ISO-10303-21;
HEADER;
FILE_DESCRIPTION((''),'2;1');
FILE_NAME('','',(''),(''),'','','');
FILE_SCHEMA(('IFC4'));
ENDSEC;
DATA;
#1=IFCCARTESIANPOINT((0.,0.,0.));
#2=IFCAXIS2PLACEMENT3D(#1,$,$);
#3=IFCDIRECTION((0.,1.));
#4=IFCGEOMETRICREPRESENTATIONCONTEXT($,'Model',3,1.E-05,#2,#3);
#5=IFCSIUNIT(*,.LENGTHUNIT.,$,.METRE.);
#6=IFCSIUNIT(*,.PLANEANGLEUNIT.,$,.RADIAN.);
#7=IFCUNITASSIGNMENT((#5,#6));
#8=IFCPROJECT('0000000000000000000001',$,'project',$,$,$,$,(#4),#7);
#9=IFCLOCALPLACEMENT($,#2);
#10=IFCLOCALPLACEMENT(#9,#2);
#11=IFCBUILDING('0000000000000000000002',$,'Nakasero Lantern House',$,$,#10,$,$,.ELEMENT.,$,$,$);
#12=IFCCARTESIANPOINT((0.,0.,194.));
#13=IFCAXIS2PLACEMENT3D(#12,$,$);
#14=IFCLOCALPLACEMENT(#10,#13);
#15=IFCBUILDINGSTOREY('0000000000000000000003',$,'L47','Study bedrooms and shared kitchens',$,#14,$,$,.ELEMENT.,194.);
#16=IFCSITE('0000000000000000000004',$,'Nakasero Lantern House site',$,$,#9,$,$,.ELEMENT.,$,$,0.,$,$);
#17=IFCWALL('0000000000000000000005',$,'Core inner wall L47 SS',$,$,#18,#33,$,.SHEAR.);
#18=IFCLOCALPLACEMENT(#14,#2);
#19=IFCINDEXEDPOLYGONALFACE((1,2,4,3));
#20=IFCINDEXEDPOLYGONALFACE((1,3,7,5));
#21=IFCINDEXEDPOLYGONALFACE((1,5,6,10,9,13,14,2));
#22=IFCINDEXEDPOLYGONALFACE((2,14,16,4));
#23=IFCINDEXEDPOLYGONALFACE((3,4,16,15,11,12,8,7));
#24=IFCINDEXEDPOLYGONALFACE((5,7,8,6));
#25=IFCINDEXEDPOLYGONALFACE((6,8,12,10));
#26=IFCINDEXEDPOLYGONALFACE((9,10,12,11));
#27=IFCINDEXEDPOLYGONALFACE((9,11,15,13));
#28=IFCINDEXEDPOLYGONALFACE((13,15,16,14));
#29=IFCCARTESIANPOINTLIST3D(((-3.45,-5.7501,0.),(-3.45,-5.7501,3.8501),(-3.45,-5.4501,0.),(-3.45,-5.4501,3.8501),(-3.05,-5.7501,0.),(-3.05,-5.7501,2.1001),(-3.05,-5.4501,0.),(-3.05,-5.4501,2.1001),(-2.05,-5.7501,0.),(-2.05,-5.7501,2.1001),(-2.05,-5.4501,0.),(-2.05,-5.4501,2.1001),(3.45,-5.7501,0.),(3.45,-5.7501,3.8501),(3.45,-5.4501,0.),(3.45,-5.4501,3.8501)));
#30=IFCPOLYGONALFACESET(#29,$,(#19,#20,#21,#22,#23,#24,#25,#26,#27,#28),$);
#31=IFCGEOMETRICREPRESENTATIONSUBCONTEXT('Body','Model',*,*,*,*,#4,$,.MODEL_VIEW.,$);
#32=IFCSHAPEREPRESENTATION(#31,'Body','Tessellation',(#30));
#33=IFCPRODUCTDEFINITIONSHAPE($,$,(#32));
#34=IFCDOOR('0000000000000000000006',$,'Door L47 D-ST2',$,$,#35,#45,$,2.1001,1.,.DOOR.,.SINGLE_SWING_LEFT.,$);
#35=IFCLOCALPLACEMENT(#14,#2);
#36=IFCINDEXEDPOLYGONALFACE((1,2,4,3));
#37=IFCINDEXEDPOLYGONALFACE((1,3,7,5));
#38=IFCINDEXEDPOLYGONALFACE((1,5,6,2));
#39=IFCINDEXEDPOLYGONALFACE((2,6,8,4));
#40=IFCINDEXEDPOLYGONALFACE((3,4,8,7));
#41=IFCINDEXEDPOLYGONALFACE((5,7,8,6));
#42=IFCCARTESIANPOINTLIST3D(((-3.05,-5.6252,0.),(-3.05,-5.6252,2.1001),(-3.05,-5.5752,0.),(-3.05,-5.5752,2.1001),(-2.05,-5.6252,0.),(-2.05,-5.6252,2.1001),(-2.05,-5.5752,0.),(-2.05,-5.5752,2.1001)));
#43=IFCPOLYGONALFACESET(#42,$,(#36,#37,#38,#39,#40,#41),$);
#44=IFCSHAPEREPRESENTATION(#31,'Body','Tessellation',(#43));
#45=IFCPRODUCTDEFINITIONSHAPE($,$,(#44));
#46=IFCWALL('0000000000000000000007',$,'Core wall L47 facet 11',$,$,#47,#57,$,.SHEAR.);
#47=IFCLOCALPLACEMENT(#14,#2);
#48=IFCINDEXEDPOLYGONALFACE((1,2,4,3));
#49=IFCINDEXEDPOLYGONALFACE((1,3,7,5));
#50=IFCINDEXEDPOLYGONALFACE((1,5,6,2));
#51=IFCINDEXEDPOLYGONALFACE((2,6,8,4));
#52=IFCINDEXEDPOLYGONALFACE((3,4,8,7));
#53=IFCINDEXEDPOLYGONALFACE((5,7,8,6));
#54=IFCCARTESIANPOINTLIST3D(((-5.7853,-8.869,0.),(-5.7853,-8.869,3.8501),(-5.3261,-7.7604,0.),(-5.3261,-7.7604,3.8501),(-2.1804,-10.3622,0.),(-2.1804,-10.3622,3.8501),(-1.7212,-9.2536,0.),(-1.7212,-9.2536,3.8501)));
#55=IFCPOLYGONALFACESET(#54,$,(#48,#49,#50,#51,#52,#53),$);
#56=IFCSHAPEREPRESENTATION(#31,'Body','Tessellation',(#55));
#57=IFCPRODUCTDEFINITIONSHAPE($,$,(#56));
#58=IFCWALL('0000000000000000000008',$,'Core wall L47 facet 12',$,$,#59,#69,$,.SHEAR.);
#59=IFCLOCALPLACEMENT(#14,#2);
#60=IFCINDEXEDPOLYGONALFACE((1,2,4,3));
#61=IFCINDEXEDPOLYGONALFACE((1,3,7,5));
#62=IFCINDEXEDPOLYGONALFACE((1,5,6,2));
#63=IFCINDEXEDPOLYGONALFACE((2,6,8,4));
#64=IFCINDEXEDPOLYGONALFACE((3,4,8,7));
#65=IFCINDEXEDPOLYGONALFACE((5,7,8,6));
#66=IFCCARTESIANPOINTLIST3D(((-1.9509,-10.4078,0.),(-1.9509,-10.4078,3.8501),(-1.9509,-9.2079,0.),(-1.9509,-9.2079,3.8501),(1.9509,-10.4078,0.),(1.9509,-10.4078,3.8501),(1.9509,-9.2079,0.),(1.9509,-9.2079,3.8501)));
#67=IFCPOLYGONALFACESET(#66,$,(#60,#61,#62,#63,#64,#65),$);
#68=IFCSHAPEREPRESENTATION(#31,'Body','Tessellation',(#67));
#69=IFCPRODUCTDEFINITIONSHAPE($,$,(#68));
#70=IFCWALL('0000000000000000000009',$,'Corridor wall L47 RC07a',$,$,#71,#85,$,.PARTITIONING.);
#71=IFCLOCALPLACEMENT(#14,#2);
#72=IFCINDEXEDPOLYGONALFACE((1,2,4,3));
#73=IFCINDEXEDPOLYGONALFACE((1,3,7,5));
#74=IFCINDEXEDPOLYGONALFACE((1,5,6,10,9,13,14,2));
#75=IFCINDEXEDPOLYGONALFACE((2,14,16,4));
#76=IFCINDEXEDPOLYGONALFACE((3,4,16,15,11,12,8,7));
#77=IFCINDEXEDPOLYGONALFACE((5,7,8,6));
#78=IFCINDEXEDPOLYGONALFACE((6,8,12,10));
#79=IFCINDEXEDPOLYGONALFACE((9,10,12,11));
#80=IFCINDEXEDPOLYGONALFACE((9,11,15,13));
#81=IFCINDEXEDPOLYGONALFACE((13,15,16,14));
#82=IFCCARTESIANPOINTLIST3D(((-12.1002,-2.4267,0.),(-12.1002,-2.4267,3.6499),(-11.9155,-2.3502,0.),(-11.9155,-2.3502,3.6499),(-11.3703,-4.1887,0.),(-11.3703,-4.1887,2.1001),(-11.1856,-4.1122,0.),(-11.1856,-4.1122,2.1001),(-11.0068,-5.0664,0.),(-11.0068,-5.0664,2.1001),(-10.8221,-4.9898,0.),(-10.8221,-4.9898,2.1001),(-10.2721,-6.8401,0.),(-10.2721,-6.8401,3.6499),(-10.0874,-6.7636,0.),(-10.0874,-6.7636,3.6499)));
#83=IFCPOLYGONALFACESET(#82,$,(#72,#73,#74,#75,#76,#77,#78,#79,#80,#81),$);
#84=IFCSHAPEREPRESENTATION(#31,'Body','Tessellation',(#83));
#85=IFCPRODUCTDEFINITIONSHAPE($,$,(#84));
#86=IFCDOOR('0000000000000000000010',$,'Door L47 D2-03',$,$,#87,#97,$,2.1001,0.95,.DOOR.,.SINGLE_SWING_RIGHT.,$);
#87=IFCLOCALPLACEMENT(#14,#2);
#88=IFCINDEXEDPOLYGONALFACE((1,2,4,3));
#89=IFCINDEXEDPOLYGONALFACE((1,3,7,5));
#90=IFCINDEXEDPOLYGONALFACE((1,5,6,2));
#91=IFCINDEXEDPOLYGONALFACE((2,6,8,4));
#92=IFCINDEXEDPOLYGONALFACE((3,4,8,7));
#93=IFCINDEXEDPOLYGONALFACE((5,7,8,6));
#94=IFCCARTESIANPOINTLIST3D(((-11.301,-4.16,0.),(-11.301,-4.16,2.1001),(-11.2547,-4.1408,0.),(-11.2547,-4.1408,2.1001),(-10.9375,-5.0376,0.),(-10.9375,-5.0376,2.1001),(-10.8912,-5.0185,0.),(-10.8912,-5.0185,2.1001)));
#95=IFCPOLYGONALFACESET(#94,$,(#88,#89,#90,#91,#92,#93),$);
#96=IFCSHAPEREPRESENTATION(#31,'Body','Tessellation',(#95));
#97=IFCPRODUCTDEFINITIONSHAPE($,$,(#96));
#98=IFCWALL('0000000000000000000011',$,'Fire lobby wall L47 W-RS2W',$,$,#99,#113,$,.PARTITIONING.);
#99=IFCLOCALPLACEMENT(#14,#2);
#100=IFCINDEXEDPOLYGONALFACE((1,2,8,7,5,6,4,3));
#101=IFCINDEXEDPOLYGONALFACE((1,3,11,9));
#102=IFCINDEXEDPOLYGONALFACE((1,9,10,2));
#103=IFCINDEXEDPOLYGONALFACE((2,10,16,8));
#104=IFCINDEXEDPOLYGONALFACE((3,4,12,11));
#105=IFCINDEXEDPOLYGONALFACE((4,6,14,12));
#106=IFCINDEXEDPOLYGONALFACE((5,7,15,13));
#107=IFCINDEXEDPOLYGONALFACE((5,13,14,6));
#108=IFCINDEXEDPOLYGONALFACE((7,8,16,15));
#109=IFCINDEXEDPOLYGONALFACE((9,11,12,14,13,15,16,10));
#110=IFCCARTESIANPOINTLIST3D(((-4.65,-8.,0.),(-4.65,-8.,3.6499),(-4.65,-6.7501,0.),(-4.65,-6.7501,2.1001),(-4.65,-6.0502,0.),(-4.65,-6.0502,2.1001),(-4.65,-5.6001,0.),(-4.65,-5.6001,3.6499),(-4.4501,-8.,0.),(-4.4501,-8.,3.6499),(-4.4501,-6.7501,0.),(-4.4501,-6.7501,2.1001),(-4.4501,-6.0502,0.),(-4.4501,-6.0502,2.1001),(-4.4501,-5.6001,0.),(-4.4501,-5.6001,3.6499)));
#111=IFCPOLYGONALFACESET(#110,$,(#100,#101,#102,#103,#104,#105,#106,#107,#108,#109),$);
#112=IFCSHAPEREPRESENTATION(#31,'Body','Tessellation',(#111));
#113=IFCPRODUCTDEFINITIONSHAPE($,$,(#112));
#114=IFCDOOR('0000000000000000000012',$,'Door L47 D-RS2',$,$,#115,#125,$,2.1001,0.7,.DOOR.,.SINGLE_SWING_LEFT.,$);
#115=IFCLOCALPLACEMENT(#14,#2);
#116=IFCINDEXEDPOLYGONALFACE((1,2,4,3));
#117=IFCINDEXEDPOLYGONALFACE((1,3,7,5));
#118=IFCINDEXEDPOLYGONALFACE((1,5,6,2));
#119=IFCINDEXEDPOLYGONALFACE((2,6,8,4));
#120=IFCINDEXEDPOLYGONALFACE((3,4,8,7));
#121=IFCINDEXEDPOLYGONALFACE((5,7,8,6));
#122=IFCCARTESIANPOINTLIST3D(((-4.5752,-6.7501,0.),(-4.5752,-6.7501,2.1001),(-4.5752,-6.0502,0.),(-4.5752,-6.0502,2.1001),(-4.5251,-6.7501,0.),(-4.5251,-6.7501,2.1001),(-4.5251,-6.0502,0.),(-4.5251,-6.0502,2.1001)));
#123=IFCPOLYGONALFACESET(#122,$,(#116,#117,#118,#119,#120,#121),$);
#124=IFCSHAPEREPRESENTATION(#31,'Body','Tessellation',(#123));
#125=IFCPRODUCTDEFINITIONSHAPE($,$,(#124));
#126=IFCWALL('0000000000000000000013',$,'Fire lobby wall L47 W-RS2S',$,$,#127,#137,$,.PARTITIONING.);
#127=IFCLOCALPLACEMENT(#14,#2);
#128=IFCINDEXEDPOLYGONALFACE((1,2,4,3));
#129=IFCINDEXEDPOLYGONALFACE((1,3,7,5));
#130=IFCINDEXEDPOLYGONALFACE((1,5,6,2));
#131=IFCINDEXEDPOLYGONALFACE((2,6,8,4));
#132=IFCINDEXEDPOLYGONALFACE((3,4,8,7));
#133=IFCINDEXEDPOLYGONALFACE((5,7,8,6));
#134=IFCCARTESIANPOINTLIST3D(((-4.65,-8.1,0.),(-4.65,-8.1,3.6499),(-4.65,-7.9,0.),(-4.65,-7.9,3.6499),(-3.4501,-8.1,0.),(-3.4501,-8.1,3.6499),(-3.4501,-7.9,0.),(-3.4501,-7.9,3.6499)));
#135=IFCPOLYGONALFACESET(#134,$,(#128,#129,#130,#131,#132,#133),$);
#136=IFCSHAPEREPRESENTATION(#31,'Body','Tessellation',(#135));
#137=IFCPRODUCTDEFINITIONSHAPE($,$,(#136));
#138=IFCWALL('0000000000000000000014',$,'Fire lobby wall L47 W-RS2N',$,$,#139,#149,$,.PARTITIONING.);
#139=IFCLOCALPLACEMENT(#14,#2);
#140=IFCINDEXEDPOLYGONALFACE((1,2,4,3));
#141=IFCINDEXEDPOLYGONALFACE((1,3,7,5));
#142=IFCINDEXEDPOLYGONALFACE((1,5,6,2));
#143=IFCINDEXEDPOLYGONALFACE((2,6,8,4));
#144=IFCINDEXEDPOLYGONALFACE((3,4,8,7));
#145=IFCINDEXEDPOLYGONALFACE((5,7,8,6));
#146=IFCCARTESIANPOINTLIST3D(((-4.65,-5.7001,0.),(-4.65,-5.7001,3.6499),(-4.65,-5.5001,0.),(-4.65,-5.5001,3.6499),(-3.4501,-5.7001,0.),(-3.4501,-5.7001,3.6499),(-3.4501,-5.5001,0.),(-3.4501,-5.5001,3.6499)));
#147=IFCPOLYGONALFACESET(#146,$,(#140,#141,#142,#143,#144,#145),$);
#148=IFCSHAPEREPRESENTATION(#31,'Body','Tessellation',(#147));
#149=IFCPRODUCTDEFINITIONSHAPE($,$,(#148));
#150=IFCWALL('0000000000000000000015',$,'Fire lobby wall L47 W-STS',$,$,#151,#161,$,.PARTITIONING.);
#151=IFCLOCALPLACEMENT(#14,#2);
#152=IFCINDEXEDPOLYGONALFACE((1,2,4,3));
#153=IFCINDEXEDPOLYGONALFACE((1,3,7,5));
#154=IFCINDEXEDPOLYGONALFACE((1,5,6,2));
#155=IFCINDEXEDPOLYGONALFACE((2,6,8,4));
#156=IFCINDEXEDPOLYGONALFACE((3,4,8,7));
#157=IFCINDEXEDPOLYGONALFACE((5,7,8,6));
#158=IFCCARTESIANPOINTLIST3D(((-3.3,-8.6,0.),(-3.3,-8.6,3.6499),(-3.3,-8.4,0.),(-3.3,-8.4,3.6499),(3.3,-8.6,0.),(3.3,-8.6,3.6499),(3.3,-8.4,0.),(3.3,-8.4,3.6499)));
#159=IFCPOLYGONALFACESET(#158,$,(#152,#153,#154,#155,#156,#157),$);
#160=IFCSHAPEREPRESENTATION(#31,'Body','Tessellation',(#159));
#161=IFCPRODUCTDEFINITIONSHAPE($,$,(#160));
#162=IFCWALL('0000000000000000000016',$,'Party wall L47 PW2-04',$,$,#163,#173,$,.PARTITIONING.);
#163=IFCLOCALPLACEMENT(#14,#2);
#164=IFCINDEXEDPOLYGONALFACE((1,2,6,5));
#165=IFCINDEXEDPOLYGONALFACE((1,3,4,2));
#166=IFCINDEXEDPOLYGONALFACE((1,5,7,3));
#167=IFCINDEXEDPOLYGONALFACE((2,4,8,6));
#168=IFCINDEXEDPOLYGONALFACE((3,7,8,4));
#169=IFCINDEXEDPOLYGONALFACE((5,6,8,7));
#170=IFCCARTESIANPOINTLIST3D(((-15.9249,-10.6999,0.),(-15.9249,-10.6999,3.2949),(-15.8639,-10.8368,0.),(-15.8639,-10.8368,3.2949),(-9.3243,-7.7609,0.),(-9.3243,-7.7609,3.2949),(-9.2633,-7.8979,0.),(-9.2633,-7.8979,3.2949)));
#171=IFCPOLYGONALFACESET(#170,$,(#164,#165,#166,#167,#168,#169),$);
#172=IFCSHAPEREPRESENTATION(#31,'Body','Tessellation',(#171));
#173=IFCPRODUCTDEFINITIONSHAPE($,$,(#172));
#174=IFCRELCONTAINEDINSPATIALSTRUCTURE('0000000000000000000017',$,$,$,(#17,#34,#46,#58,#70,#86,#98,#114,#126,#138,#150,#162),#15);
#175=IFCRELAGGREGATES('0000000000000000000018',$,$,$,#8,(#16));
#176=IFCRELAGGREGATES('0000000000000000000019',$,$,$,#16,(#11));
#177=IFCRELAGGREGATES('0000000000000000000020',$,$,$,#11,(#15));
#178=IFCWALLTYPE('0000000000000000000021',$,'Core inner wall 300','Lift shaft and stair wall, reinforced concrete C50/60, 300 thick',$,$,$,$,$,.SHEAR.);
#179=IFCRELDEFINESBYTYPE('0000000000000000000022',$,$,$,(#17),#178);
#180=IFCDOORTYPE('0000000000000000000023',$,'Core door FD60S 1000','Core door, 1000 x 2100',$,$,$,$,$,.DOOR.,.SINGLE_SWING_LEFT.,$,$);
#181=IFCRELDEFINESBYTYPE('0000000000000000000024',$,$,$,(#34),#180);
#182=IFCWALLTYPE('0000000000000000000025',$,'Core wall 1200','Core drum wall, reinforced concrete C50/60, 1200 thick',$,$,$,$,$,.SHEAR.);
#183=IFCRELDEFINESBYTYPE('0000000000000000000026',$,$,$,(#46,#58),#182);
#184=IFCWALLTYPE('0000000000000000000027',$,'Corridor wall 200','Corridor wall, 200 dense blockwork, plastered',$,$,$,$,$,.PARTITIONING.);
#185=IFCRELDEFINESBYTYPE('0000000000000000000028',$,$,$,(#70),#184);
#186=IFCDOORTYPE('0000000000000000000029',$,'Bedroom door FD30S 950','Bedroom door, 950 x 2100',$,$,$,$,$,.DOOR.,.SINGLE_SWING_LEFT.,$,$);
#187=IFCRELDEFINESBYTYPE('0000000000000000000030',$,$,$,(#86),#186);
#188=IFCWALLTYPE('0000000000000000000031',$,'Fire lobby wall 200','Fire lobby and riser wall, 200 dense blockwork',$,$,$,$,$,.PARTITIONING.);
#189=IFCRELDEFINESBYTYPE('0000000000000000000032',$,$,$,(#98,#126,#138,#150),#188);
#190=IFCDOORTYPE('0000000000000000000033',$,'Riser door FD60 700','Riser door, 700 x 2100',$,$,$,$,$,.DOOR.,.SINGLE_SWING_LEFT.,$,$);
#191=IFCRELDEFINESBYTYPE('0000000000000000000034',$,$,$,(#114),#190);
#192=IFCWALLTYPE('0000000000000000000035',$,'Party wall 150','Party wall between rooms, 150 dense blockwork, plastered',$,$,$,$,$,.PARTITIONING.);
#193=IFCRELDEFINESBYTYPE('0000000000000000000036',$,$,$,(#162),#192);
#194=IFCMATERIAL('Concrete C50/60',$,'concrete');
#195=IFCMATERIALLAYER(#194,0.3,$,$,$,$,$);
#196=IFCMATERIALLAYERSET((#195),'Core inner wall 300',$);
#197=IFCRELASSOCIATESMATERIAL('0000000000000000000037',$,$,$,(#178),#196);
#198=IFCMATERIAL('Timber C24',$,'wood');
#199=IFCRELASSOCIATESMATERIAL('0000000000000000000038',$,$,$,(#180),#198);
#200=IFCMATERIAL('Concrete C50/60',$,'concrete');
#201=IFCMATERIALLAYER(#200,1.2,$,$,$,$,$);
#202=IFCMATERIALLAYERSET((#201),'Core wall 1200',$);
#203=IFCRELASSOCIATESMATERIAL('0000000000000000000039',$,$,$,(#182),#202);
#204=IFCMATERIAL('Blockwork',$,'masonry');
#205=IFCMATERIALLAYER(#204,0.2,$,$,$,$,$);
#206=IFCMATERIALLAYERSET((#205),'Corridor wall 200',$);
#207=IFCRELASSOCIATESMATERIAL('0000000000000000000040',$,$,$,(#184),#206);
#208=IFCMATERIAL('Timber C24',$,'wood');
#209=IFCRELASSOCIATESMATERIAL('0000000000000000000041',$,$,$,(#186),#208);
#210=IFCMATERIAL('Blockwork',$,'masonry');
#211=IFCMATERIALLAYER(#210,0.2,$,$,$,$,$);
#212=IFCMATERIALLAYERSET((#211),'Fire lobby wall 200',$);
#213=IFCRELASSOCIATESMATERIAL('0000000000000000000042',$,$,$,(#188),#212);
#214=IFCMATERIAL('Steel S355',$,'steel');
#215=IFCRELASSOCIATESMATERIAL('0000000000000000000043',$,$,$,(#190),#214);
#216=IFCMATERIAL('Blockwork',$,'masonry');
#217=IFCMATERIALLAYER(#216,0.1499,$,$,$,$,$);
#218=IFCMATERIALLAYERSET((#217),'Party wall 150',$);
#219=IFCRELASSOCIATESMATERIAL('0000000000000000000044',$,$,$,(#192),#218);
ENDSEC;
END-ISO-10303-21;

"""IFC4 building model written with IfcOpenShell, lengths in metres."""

from ifc_helpers import new_model, si_unit, direction, frame, frame_2d, origin, place, context, subcontext, project, spatial, rectangle, extrude, material, layer, layer_set, type_object, element, fill, save


model = new_model("IFC4")

# Units and contexts
model_context = context("Model", 3, precision=1e-05, world=origin(), true_north=direction((0.0, 1.0)))
body_context = subcontext(model_context, "Body", "Model", "MODEL_VIEW")
ifc_project = project(units=[si_unit("LENGTHUNIT", "METRE"), si_unit("PLANEANGLEUNIT", "RADIAN")], contexts=[model_context])

# Site, building, storey
site_placement = place(None, origin())
site = spatial("IfcSite", under=ifc_project, at=site_placement, Name="Nakasero Lantern House site", CompositionType="ELEMENT", RefElevation=0.0)
building_placement = place(site_placement, origin())
building = spatial("IfcBuilding", under=site, at=building_placement, Name="Nakasero Lantern House", CompositionType="ELEMENT")
storey_placement = place(building_placement, frame((0.0, 0.0, 194.0)))
storey = spatial("IfcBuildingStorey", under=building, at=storey_placement, Name="L47", Description="Study bedrooms and shared kitchens", CompositionType="ELEMENT", Elevation=194.0)

# Wall, opening, door
ifc_material_1 = material(Name="Concrete C50/60", Category="concrete")
ifc_layer_1 = layer(ifc_material_1, 0.3)
ifc_layer_set_1 = layer_set([ifc_layer_1], Name="Core inner wall 300")
wall_type_1 = type_object("IfcWallType", Name="Core inner wall 300", Description="Lift shaft and stair wall, reinforced concrete C50/60, 300 thick", PredefinedType="SHEAR", material=ifc_layer_set_1)
wall_1_placement = place(storey_placement, frame((-3.45, -5.6001, 0.0), z_axis=(0.0, 0.0, 1.0), x_axis=(1.0, 0.0, 0.0)))
wall_1 = element("IfcWall", 1, at=wall_1_placement, inside=storey, type_object=wall_type_1, Name="Core inner wall L47 SS", PredefinedType="SHEAR", context=body_context, shape_type="SweptSolid", body=[
    extrude(rectangle(XDim=6.8999, YDim=0.3, at=frame_2d((3.45, 0.0))), origin(), (0.0, 0.0, 1.0), 3.8501),
])
opening_1_placement = place(wall_1_placement, frame((0.3999, 0.0, 0.0)))
opening_1 = element("IfcOpeningElement", 2, at=opening_1_placement, cuts=wall_1, PredefinedType="OPENING", context=body_context, shape_type="SweptSolid", body=[
    extrude(rectangle(XDim=1.0, YDim=2.1001, at=frame_2d((0.5, 1.05))), frame((0.0, 0.1699, 0.0), z_axis=(0.0, -1.0, 0.0), x_axis=(1.0, 0.0, 0.0)), (0.0, 0.0, 1.0), 0.3401),
])
ifc_material_2 = material(Name="Timber C24", Category="wood")
door_type_1 = type_object("IfcDoorType", Name="Core door FD60S 1000", Description="Core door, 1000 x 2100", OperationType="SINGLE_SWING_LEFT", PredefinedType="DOOR", material=ifc_material_2)
door_1_placement = place(opening_1_placement, origin())
door_1 = element("IfcDoor", 3, at=door_1_placement, inside=storey, type_object=door_type_1, Name="Door L47 D-ST2", OperationType="SINGLE_SWING_LEFT", OverallHeight=2.1001, OverallWidth=1.0, PredefinedType="DOOR", context=body_context, shape_type="SweptSolid", body=[
    extrude(rectangle(XDim=1.0, YDim=2.1001, at=frame_2d((0.5, 1.05))), frame((0.0, 0.0249, 0.0), z_axis=(0.0, -1.0, 0.0), x_axis=(1.0, 0.0, 0.0)), (0.0, 0.0, 1.0), 0.05),
])
fill(opening_1, door_1)

# Walls
ifc_material_3 = material(Name="Concrete C50/60", Category="concrete")
ifc_layer_2 = layer(ifc_material_3, 1.2)
ifc_layer_set_2 = layer_set([ifc_layer_2], Name="Core wall 1200")
wall_type_2 = type_object("IfcWallType", Name="Core wall 1200", Description="Core drum wall, reinforced concrete C50/60, 1200 thick", PredefinedType="SHEAR", material=ifc_layer_set_2)
for number, where, z_axis, x_axis, name in (
    (4, (-5.5557, -8.3147, 0.0), (0.0, 0.0, 1.0), (0.923877, -0.382691, 0.0), "Core wall L47 facet 11"),
    (5, (-1.9509, -9.8079, 0.0), (0.0, 0.0, 1.0), (1.0, 0.0, 0.0), "Core wall L47 facet 12"),
):
    element("IfcWall", number, at=place(storey_placement, frame(where, z_axis=z_axis, x_axis=x_axis)), inside=storey, type_object=wall_type_2, Name=name, PredefinedType="SHEAR", context=body_context, shape_type="SweptSolid", body=[
        extrude(rectangle(XDim=3.9019, YDim=1.2, at=frame_2d((1.9509, 0.0))), origin(), (0.0, 0.0, 1.0), 3.8501),
    ])

# Walls, openings, doors
ifc_material_4 = material(Name="Blockwork", Category="masonry")
ifc_layer_3 = layer(ifc_material_4, 0.2)
ifc_layer_set_3 = layer_set([ifc_layer_3], Name="Corridor wall 200")
wall_type_3 = type_object("IfcWallType", Name="Corridor wall 200", Description="Corridor wall, 200 dense blockwork, plastered", PredefinedType="PARTITIONING", material=ifc_layer_set_3)
wall_2_placement = place(storey_placement, frame((-10.1797, -6.802, 0.0), z_axis=(0.0, 0.0, 1.0), x_axis=(-0.382677, 0.923882, 0.0)))
wall_2 = element("IfcWall", 6, at=wall_2_placement, inside=storey, type_object=wall_type_3, Name="Corridor wall L47 RC07a", PredefinedType="PARTITIONING", context=body_context, shape_type="SweptSolid", body=[
    extrude(rectangle(XDim=4.7771, YDim=0.2, at=frame_2d((2.3887, 0.0))), origin(), (0.0, 0.0, 1.0), 3.6499),
])
opening_2_placement = place(wall_2_placement, frame((1.9199, 0.0, 0.0)))
opening_2 = element("IfcOpeningElement", 7, at=opening_2_placement, cuts=wall_2, PredefinedType="OPENING", context=body_context, shape_type="SweptSolid", body=[
    extrude(rectangle(XDim=0.95, YDim=2.1001, at=frame_2d((0.4751, 1.05))), frame((0.0, 0.1199, 0.0), z_axis=(0.0, -1.0, 0.0), x_axis=(1.0, 0.0, 0.0)), (0.0, 0.0, 1.0), 0.24),
])
ifc_material_5 = material(Name="Timber C24", Category="wood")
door_type_2 = type_object("IfcDoorType", Name="Bedroom door FD30S 950", Description="Bedroom door, 950 x 2100", OperationType="SINGLE_SWING_LEFT", PredefinedType="DOOR", material=ifc_material_5)
door_2_placement = place(opening_2_placement, origin())
door_2 = element("IfcDoor", 8, at=door_2_placement, inside=storey, type_object=door_type_2, Name="Door L47 D2-03", OperationType="SINGLE_SWING_RIGHT", OverallHeight=2.1001, OverallWidth=0.95, PredefinedType="DOOR", context=body_context, shape_type="SweptSolid", body=[
    extrude(rectangle(XDim=0.95, YDim=2.1001, at=frame_2d((0.4751, 1.05))), frame((0.0, 0.0249, 0.0), z_axis=(0.0, -1.0, 0.0), x_axis=(1.0, 0.0, 0.0)), (0.0, 0.0, 1.0), 0.05),
])
fill(opening_2, door_2)
ifc_material_6 = material(Name="Blockwork", Category="masonry")
ifc_layer_4 = layer(ifc_material_6, 0.2)
ifc_layer_set_4 = layer_set([ifc_layer_4], Name="Fire lobby wall 200")
wall_type_4 = type_object("IfcWallType", Name="Fire lobby wall 200", Description="Fire lobby and riser wall, 200 dense blockwork", PredefinedType="PARTITIONING", material=ifc_layer_set_4)
wall_3_placement = place(storey_placement, frame((-4.55, -5.6001, 0.0), z_axis=(0.0, 0.0, 1.0), x_axis=(0.0, -1.0, 0.0)))
wall_3 = element("IfcWall", 9, at=wall_3_placement, inside=storey, type_object=wall_type_4, Name="Fire lobby wall L47 W-RS2W", PredefinedType="PARTITIONING", context=body_context, shape_type="SweptSolid", body=[
    extrude(rectangle(XDim=2.3999, YDim=0.2, at=frame_2d((1.2, 0.0))), origin(), (0.0, 0.0, 1.0), 3.6499),
])
opening_3_placement = place(wall_3_placement, frame((0.45, 0.0, 0.0)))
opening_3 = element("IfcOpeningElement", 10, at=opening_3_placement, cuts=wall_3, PredefinedType="OPENING", context=body_context, shape_type="SweptSolid", body=[
    extrude(rectangle(XDim=0.7, YDim=2.1001, at=frame_2d((0.3501, 1.05))), frame((0.0, 0.1199, 0.0), z_axis=(0.0, -1.0, 0.0), x_axis=(1.0, 0.0, 0.0)), (0.0, 0.0, 1.0), 0.24),
])
ifc_material_7 = material(Name="Steel S355", Category="steel")
door_type_3 = type_object("IfcDoorType", Name="Riser door FD60 700", Description="Riser door, 700 x 2100", OperationType="SINGLE_SWING_LEFT", PredefinedType="DOOR", material=ifc_material_7)
door_3_placement = place(opening_3_placement, origin())
door_3 = element("IfcDoor", 11, at=door_3_placement, inside=storey, type_object=door_type_3, Name="Door L47 D-RS2", OperationType="SINGLE_SWING_LEFT", OverallHeight=2.1001, OverallWidth=0.7, PredefinedType="DOOR", context=body_context, shape_type="SweptSolid", body=[
    extrude(rectangle(XDim=0.7, YDim=2.1001, at=frame_2d((0.3501, 1.05))), frame((0.0, 0.0249, 0.0), z_axis=(0.0, -1.0, 0.0), x_axis=(1.0, 0.0, 0.0)), (0.0, 0.0, 1.0), 0.05),
])
fill(opening_3, door_3)

# Walls
for number, where, z_axis, x_axis, name in (
    (12, (-3.45, -8.0, 0.0), (0.0, 0.0, 1.0), (-1.0, 0.0, 0.0), "Fire lobby wall L47 W-RS2S"),
    (13, (-3.45, -5.6001, 0.0), (0.0, 0.0, 1.0), (-1.0, 0.0, 0.0), "Fire lobby wall L47 W-RS2N"),
):
    element("IfcWall", number, at=place(storey_placement, frame(where, z_axis=z_axis, x_axis=x_axis)), inside=storey, type_object=wall_type_4, Name=name, PredefinedType="PARTITIONING", context=body_context, shape_type="SweptSolid", body=[
        extrude(rectangle(XDim=1.2, YDim=0.2, at=frame_2d((0.6001, 0.0))), origin(), (0.0, 0.0, 1.0), 3.6499),
    ])
wall_4_placement = place(storey_placement, frame((-3.3, -8.5, 0.0), z_axis=(0.0, 0.0, 1.0), x_axis=(1.0, 0.0, 0.0)))
element("IfcWall", 14, at=wall_4_placement, inside=storey, type_object=wall_type_4, Name="Fire lobby wall L47 W-STS", PredefinedType="PARTITIONING", context=body_context, shape_type="SweptSolid", body=[
    extrude(rectangle(XDim=6.6001, YDim=0.2, at=frame_2d((3.3, 0.0))), origin(), (0.0, 0.0, 1.0), 3.6499),
])
ifc_material_8 = material(Name="Blockwork", Category="masonry")
ifc_layer_5 = layer(ifc_material_8, 0.1499)
ifc_layer_set_5 = layer_set([ifc_layer_5], Name="Party wall 150")
wall_type_5 = type_object("IfcWallType", Name="Party wall 150", Description="Party wall between rooms, 150 dense blockwork, plastered", PredefinedType="PARTITIONING", material=ifc_layer_set_5)
wall_5_placement = place(storey_placement, frame((-9.2937, -7.8293, 0.0), z_axis=(0.0, 0.0, 1.0), x_axis=(-0.913535, -0.406759, 0.0)))
element("IfcWall", 15, at=wall_5_placement, inside=storey, type_object=wall_type_5, Name="Party wall L47 PW2-04", PredefinedType="PARTITIONING", context=body_context, shape_type="SweptSolid", body=[
    extrude(rectangle(XDim=7.2253, YDim=0.1499, at=frame_2d((3.6128, 0.0))), origin(), (0.0, 0.0, 1.0), 3.2949),
])

save(model, "model.ifc")
